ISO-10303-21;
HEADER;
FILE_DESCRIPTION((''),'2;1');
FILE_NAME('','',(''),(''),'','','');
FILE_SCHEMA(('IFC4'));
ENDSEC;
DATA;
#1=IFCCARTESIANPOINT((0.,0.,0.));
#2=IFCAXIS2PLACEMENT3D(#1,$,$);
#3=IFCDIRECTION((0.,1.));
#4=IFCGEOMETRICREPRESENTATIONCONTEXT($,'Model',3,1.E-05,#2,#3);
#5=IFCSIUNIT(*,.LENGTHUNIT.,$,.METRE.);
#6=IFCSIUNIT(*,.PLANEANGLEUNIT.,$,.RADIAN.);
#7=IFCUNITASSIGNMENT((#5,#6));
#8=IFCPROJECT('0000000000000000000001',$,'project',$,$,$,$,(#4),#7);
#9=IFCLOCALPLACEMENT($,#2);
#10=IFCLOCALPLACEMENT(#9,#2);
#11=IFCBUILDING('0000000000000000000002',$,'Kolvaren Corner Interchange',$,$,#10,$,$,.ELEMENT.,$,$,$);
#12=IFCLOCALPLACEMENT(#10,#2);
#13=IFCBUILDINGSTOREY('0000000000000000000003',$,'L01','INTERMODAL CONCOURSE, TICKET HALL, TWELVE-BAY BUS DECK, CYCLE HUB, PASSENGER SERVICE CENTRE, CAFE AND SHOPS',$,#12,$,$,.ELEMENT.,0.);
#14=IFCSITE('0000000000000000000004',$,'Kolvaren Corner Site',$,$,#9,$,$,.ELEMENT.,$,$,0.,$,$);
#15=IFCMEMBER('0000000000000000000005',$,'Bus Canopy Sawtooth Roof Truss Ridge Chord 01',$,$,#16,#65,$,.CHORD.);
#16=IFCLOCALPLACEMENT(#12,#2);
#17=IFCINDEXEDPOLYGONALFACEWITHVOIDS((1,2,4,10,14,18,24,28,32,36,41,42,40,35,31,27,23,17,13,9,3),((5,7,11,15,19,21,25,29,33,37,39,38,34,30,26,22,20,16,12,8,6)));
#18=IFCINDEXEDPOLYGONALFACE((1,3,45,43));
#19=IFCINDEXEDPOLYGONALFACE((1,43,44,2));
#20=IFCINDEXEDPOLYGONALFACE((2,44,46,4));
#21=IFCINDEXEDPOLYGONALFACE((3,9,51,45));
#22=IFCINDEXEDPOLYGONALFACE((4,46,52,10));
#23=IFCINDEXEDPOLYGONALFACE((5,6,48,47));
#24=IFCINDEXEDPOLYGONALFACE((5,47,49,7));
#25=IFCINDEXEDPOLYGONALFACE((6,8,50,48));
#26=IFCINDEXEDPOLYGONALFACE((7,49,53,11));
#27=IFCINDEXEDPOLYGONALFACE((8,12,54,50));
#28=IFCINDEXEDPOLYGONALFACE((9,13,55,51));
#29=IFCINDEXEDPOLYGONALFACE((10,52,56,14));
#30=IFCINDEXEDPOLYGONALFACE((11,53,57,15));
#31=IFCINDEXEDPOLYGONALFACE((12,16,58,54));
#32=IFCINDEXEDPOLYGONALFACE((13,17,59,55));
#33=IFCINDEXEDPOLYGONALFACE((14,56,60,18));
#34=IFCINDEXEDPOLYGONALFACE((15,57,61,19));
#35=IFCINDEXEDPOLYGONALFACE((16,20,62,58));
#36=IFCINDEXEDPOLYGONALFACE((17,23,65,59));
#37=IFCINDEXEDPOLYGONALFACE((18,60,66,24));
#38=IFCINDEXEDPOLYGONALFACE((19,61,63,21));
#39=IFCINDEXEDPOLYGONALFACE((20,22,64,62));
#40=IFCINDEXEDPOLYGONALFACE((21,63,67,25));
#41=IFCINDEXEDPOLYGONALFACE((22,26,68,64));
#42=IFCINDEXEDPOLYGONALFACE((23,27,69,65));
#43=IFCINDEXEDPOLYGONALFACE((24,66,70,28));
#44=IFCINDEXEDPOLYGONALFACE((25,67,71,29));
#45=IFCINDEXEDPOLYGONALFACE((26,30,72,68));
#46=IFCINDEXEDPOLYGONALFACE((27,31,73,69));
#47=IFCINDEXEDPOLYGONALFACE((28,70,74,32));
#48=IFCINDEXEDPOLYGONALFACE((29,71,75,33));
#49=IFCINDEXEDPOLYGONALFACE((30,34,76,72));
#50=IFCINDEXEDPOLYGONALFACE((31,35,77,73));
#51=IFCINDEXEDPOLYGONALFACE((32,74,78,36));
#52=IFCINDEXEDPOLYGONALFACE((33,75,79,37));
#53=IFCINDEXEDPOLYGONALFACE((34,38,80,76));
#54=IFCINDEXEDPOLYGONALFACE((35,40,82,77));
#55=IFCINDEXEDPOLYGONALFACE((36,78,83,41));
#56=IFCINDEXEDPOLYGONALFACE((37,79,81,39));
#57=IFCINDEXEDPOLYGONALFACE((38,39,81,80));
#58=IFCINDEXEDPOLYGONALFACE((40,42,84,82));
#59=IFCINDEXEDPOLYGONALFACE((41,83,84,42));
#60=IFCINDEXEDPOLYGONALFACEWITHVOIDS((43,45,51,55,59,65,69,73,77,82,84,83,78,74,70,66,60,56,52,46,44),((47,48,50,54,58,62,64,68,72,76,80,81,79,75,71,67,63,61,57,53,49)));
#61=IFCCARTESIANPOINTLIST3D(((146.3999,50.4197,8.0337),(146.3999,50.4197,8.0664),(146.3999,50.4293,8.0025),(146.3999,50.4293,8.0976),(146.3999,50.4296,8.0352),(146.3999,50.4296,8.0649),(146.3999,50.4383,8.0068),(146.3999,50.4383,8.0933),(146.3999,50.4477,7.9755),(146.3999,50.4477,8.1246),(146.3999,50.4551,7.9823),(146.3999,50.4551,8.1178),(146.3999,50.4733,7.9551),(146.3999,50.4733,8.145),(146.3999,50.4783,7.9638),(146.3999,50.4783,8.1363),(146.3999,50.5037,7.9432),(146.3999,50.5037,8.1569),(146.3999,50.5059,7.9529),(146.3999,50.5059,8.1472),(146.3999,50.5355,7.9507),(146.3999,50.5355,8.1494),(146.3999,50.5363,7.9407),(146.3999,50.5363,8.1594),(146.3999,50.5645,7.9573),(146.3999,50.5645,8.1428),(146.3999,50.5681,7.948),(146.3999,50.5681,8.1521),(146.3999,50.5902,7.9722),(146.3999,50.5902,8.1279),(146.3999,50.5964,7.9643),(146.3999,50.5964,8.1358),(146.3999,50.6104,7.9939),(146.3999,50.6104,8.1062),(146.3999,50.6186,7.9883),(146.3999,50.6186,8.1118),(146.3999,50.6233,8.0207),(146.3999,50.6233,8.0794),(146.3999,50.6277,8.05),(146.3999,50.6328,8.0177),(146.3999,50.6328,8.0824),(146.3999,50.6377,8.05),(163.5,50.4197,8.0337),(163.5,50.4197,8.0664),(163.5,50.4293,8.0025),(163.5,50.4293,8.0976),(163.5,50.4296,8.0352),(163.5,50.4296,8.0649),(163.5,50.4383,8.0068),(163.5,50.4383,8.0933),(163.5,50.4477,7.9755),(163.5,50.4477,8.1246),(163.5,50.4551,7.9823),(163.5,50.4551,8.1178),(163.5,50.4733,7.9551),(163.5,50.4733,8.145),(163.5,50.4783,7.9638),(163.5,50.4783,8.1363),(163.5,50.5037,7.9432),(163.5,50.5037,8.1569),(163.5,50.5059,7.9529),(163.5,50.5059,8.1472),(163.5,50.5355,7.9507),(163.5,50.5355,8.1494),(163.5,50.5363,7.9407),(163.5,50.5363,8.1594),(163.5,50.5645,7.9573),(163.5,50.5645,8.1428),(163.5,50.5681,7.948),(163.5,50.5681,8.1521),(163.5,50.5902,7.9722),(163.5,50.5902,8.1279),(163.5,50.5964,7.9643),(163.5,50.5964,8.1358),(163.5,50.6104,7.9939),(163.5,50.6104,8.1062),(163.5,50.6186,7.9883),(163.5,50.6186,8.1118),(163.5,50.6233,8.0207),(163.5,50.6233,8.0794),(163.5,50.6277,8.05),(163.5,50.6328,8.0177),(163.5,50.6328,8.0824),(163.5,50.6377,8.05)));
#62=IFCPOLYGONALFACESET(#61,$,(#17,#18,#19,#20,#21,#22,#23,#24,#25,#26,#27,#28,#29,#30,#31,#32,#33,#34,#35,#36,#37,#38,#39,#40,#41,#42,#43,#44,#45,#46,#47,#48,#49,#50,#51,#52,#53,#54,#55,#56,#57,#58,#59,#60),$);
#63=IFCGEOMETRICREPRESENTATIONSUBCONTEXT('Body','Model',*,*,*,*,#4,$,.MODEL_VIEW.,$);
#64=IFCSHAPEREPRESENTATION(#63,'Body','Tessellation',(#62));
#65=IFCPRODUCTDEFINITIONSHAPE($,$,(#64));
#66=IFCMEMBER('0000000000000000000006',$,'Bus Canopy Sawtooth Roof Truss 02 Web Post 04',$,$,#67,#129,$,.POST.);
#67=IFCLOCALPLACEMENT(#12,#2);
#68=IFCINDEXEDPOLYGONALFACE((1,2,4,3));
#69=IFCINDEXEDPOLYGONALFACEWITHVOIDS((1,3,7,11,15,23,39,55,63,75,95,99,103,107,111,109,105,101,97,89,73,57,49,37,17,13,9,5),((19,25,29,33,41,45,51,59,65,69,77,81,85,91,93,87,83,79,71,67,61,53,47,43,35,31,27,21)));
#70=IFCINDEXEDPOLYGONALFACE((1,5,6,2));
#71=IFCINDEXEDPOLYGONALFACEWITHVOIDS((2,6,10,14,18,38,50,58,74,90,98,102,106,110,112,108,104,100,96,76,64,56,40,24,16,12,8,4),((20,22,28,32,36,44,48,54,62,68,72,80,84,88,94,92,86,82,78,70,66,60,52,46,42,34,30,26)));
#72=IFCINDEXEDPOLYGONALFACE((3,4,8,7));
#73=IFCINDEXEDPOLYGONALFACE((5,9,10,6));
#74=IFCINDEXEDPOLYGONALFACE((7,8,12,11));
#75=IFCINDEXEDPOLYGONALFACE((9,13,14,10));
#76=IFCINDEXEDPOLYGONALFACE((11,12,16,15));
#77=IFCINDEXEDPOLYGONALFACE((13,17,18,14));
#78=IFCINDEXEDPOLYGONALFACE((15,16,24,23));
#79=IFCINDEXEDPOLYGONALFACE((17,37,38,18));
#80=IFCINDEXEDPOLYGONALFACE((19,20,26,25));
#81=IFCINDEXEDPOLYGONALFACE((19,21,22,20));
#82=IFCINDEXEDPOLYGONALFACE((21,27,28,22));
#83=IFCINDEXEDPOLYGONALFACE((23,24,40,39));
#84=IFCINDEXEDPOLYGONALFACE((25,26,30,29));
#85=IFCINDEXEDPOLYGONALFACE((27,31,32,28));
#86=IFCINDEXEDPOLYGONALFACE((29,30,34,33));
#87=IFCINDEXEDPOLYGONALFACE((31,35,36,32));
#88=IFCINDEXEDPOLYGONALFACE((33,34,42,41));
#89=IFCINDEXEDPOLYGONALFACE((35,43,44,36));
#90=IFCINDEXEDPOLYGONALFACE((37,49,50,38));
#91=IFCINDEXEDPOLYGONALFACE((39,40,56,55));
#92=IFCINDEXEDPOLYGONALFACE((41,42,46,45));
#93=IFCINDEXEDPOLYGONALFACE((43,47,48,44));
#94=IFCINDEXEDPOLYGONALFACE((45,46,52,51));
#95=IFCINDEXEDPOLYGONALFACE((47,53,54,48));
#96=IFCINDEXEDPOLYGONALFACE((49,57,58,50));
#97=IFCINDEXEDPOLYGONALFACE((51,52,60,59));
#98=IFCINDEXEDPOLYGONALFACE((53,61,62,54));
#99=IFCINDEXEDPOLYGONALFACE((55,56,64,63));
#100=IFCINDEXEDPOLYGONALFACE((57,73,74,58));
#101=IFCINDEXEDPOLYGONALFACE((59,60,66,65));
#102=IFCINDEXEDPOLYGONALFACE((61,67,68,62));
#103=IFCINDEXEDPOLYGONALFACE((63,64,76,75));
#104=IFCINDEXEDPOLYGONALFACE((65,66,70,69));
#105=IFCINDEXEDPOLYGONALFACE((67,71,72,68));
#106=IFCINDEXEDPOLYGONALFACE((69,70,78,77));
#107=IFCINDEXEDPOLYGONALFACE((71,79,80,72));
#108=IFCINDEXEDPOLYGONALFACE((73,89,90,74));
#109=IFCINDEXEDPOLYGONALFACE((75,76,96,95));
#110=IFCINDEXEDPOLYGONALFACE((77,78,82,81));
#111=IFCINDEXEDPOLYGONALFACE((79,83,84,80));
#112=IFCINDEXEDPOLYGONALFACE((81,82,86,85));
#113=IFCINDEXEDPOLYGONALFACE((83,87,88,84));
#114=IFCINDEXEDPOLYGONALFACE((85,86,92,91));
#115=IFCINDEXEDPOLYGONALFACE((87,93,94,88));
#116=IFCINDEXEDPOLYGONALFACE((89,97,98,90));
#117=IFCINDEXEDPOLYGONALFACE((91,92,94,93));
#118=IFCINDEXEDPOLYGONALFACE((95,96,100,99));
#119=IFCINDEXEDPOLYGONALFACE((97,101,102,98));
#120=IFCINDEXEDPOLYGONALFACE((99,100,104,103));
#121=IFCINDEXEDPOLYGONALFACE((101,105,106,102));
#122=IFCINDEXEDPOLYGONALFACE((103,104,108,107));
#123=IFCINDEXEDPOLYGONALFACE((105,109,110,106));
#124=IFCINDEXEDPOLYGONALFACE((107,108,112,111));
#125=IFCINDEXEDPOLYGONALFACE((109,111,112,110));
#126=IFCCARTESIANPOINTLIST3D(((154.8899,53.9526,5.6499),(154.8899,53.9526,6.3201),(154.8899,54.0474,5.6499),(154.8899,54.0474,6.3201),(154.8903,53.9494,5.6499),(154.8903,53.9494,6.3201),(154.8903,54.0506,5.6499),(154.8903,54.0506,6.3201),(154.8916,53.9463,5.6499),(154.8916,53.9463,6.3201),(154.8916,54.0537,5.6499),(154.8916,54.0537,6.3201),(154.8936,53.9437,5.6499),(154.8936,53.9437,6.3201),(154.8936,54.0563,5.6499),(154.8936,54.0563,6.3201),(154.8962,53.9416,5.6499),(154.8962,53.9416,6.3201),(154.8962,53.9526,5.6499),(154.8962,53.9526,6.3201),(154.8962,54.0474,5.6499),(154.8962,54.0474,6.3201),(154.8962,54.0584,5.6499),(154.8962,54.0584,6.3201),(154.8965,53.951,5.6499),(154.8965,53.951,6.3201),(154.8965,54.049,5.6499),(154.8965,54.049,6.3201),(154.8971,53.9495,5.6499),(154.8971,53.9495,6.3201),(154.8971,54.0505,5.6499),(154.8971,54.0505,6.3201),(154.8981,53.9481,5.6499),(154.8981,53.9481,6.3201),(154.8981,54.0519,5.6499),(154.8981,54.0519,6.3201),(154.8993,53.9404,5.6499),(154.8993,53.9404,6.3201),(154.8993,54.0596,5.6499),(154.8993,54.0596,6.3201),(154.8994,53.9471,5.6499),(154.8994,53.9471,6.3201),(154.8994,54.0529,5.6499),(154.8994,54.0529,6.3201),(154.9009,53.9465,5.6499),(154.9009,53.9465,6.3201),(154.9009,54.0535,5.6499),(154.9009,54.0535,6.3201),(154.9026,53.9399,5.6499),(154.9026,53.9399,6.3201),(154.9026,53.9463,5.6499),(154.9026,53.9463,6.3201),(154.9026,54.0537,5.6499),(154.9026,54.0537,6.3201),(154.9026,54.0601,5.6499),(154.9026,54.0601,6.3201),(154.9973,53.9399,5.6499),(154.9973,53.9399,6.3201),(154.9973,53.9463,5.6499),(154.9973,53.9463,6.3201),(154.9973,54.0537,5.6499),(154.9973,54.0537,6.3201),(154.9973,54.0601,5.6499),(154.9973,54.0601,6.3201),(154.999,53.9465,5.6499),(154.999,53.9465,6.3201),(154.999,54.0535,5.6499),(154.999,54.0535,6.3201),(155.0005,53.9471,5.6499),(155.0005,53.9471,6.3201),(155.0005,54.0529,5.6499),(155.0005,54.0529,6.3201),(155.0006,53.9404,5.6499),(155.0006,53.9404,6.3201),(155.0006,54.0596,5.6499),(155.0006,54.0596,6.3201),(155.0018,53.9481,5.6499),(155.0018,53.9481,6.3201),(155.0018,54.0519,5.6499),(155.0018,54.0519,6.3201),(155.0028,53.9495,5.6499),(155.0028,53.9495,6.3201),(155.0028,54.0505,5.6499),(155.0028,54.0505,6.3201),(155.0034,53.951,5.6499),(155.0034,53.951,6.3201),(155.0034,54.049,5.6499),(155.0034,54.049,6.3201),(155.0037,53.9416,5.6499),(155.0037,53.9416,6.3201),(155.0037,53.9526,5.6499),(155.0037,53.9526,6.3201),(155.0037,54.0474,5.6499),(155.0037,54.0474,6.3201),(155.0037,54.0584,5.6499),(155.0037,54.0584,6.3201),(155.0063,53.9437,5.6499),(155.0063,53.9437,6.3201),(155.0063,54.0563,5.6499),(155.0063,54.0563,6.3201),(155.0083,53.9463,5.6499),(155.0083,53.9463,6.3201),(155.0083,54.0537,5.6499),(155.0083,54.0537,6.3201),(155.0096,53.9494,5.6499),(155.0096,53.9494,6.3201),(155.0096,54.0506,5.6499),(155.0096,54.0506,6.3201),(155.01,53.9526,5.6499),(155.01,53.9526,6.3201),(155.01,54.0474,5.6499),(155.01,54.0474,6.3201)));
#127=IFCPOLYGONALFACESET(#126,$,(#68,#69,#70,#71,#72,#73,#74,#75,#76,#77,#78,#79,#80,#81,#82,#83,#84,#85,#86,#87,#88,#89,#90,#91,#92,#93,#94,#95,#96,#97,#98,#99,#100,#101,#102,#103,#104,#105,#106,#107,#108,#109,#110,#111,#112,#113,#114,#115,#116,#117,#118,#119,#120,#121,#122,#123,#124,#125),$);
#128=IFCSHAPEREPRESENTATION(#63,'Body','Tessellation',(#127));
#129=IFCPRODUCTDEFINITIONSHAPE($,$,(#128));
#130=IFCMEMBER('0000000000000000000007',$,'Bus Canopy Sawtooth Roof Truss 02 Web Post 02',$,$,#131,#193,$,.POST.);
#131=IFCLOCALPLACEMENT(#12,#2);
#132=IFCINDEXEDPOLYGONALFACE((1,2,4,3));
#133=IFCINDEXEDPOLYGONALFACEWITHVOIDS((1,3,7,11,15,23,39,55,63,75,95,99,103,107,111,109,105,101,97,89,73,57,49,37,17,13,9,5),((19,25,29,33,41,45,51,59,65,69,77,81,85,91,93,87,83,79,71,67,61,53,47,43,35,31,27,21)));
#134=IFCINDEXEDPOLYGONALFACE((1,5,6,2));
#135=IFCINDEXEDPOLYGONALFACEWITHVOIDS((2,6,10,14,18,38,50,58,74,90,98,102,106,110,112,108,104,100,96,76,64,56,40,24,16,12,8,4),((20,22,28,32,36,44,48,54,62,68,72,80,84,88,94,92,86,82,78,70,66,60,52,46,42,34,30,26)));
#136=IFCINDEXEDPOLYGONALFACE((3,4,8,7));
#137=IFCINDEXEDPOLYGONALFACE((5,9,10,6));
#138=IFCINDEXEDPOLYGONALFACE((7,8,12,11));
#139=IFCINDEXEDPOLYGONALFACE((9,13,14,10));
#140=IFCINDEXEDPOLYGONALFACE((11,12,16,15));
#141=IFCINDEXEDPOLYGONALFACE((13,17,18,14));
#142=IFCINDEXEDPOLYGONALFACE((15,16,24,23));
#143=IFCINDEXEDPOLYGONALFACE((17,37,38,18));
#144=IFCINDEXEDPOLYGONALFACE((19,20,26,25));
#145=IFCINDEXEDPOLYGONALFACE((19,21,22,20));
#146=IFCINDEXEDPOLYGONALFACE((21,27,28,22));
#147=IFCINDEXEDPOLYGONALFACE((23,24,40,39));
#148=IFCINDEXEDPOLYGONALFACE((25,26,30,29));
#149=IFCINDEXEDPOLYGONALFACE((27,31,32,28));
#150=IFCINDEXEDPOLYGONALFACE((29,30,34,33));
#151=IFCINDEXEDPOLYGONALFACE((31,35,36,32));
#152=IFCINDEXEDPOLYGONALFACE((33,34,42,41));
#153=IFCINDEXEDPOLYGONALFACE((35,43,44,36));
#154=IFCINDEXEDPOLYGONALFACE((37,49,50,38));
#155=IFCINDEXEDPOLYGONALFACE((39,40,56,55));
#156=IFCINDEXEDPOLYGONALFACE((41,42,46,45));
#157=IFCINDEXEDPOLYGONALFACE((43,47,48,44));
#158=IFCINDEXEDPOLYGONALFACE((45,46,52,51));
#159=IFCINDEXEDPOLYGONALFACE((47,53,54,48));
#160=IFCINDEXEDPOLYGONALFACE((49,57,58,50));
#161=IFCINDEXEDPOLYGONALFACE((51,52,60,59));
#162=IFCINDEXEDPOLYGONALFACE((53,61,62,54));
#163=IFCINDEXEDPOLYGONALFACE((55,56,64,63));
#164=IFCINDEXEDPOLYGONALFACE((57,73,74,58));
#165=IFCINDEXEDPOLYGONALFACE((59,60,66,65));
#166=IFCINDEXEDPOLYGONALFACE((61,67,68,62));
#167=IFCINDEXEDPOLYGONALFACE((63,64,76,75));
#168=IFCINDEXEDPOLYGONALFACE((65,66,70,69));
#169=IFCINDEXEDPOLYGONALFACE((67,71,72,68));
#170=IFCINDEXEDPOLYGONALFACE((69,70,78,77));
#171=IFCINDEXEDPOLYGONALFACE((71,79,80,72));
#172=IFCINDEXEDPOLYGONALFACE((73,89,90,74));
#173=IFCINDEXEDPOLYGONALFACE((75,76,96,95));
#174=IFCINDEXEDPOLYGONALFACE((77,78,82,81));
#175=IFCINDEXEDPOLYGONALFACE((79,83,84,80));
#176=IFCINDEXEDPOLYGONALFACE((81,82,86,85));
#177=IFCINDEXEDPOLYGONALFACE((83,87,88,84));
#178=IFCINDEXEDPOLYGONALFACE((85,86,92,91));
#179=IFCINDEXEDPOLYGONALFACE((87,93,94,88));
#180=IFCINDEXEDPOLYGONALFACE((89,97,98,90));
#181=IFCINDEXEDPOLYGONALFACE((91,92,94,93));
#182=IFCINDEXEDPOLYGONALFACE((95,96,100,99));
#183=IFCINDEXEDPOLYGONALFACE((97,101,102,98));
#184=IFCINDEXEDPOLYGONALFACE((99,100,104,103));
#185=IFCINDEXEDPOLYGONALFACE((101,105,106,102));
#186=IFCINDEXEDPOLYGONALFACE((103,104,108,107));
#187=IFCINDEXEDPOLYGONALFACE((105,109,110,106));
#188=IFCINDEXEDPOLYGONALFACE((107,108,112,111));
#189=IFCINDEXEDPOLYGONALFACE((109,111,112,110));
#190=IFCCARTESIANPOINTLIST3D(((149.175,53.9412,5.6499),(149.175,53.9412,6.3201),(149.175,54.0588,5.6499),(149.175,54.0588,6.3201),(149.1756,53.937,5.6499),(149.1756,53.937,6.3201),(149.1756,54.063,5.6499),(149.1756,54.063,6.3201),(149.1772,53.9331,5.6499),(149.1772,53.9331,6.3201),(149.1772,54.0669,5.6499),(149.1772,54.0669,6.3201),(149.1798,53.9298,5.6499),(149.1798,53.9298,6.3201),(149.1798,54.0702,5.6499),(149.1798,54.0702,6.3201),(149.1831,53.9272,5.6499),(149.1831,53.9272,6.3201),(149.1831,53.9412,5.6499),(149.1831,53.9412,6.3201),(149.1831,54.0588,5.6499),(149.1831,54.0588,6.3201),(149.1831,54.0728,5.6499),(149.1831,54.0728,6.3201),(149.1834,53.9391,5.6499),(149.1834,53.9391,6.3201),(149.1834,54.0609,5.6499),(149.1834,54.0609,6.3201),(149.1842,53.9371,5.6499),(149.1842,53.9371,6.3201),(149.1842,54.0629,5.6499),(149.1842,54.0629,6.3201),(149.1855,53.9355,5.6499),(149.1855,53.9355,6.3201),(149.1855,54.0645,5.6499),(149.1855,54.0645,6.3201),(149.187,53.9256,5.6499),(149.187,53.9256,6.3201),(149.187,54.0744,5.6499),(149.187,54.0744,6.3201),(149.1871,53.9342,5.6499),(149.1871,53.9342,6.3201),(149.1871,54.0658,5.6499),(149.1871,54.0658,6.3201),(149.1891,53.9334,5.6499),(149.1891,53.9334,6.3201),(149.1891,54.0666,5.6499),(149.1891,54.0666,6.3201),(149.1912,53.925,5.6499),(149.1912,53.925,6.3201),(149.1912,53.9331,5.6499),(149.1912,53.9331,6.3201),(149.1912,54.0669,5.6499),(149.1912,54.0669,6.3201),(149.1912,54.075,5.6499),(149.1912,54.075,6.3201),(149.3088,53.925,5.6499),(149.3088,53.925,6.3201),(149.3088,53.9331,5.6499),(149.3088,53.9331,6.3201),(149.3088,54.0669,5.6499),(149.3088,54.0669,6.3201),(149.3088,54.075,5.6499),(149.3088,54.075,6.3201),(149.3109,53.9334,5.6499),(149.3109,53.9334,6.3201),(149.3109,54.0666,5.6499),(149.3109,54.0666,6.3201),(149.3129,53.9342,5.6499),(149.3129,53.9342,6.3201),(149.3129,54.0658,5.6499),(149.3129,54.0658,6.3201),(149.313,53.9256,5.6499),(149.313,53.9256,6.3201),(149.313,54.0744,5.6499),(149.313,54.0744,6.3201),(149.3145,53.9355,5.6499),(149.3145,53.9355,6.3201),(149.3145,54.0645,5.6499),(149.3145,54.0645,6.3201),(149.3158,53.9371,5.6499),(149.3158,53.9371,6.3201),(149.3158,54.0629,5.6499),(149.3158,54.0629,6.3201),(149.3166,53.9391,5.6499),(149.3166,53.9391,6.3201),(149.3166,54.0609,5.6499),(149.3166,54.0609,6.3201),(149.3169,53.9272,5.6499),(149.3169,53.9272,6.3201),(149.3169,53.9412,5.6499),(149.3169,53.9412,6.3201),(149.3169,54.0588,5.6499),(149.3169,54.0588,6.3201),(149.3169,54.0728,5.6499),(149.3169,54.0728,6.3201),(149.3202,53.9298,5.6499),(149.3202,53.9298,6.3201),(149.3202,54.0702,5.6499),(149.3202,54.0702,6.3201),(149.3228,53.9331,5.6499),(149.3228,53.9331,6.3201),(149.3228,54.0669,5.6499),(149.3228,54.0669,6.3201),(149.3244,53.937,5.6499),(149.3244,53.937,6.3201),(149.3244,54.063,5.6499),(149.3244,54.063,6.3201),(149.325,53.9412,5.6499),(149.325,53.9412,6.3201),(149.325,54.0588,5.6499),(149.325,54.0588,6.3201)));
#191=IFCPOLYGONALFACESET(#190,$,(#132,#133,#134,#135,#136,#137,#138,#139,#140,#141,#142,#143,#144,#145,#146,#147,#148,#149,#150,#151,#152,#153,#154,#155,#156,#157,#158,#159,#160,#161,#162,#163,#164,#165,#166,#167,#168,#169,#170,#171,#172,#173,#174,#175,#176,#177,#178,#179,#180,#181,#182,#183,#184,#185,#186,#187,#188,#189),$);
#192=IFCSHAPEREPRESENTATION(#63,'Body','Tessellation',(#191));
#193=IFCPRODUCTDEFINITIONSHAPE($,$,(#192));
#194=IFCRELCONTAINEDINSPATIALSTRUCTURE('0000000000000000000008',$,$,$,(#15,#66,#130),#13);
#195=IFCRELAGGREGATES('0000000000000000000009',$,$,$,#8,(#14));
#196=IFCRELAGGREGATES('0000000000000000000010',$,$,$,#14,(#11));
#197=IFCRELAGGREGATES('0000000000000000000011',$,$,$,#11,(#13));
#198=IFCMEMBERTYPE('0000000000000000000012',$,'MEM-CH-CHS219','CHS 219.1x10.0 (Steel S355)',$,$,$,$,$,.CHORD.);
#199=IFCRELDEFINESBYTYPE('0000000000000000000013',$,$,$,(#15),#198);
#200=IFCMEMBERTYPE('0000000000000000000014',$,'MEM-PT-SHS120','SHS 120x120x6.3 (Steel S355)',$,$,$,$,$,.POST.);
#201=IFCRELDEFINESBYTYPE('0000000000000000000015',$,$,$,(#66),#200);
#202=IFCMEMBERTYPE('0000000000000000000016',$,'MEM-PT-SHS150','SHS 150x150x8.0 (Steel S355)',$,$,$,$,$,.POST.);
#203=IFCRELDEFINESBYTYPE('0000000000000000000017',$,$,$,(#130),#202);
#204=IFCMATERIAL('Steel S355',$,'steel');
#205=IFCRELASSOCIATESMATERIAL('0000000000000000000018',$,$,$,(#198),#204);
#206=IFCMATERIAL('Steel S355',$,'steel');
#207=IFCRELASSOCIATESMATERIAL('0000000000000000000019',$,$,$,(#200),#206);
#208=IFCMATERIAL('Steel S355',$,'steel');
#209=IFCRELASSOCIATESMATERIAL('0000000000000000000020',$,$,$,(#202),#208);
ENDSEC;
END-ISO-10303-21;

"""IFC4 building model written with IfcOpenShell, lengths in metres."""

from ifc_helpers import new_model, si_unit, direction, frame, origin, origin_2d, place, context, subcontext, project, spatial, hollow_rectangle, hollow_circle, extrude, material, material_profile, profile_set, type_object, element, save


model = new_model("IFC4")

# Units and contexts
model_context = context("Model", 3, precision=1e-05, world=origin(), true_north=direction((0.0, 1.0)))
body_context = subcontext(model_context, "Body", "Model", "MODEL_VIEW")
ifc_project = project(units=[si_unit("LENGTHUNIT", "METRE"), si_unit("PLANEANGLEUNIT", "RADIAN")], contexts=[model_context])

# Site, building, storey
site_placement = place(None, origin())
site = spatial("IfcSite", under=ifc_project, at=site_placement, Name="Kolvaren Corner Site", CompositionType="ELEMENT", RefElevation=0.0)
building_placement = place(site_placement, origin())
building = spatial("IfcBuilding", under=site, at=building_placement, Name="Kolvaren Corner Interchange", CompositionType="ELEMENT")
storey_placement = place(building_placement, origin())
storey = spatial("IfcBuildingStorey", under=building, at=storey_placement, Name="L01", Description="INTERMODAL CONCOURSE, TICKET HALL, TWELVE-BAY BUS DECK, CYCLE HUB, PASSENGER SERVICE CENTRE, CAFE AND SHOPS", CompositionType="ELEMENT", Elevation=0.0)

# Members
ifc_material_1 = material(Name="Steel S355", Category="steel")
ifc_material_profile_1 = material_profile(ifc_material_1, hollow_circle(Radius=0.1096, WallThickness=0.01, at=origin_2d()), Name="CHS 219.1x10.0")
ifc_profile_set_1 = profile_set([ifc_material_profile_1], Name="Steel S355")
member_type_1 = type_object("IfcMemberType", Name="MEM-CH-CHS219", Description="CHS 219.1x10.0 (Steel S355)", PredefinedType="CHORD", material=ifc_profile_set_1)
for number, where, z_axis, x_axis, name in (
    (1, (146.3999, 50.5281, 8.05), (1.0, 0.0, 0.0), (0.0, 1.0, 0.0), "Bus Canopy Sawtooth Roof Truss Ridge Chord 01"),
):
    element("IfcMember", number, at=place(storey_placement, frame(where, z_axis=z_axis, x_axis=x_axis)), inside=storey, type_object=member_type_1, Name=name, PredefinedType="CHORD", context=body_context, shape_type="SweptSolid", body=[
        extrude(hollow_circle(Radius=0.1096, WallThickness=0.01, at=origin_2d()), origin(), (0.0, 0.0, 1.0), 17.1001),
    ])
ifc_material_2 = material(Name="Steel S355", Category="steel")
ifc_material_profile_2 = material_profile(ifc_material_2, hollow_rectangle(XDim=0.1201, YDim=0.1201, WallThickness=0.0063, InnerFilletRadius=0.0063, OuterFilletRadius=0.0127, at=origin_2d()), Name="SHS 120x120x6.3")
ifc_profile_set_2 = profile_set([ifc_material_profile_2], Name="Steel S355")
member_type_2 = type_object("IfcMemberType", Name="MEM-PT-SHS120", Description="SHS 120x120x6.3 (Steel S355)", PredefinedType="POST", material=ifc_profile_set_2)
member_1_placement = place(storey_placement, frame((154.95, 54.0, 5.6499), z_axis=(0.0, 0.0, 1.0), x_axis=(1.0, 0.0, 0.0)))
element("IfcMember", 2, at=member_1_placement, inside=storey, type_object=member_type_2, Name="Bus Canopy Sawtooth Roof Truss 02 Web Post 04", PredefinedType="POST", context=body_context, shape_type="SweptSolid", body=[
    extrude(hollow_rectangle(XDim=0.1201, YDim=0.1201, WallThickness=0.0063, InnerFilletRadius=0.0063, OuterFilletRadius=0.0127, at=origin_2d()), origin(), (0.0, 0.0, 1.0), 0.6702),
])
ifc_material_3 = material(Name="Steel S355", Category="steel")
ifc_material_profile_3 = material_profile(ifc_material_3, hollow_rectangle(XDim=0.1499, YDim=0.1499, WallThickness=0.0081, InnerFilletRadius=0.0081, OuterFilletRadius=0.0161, at=origin_2d()), Name="SHS 150x150x8.0")
ifc_profile_set_3 = profile_set([ifc_material_profile_3], Name="Steel S355")
member_type_3 = type_object("IfcMemberType", Name="MEM-PT-SHS150", Description="SHS 150x150x8.0 (Steel S355)", PredefinedType="POST", material=ifc_profile_set_3)
for number, where, z_axis, x_axis, name in (
    (3, (149.25, 54.0, 5.6499), (0.0, 0.0, 1.0), (1.0, 0.0, 0.0), "Bus Canopy Sawtooth Roof Truss 02 Web Post 02"),
):
    element("IfcMember", number, at=place(storey_placement, frame(where, z_axis=z_axis, x_axis=x_axis)), inside=storey, type_object=member_type_3, Name=name, PredefinedType="POST", context=body_context, shape_type="SweptSolid", body=[
        extrude(hollow_rectangle(XDim=0.1499, YDim=0.1499, WallThickness=0.0081, InnerFilletRadius=0.0081, OuterFilletRadius=0.0161, at=origin_2d()), origin(), (0.0, 0.0, 1.0), 0.6702),
    ])

save(model, "model.ifc")
